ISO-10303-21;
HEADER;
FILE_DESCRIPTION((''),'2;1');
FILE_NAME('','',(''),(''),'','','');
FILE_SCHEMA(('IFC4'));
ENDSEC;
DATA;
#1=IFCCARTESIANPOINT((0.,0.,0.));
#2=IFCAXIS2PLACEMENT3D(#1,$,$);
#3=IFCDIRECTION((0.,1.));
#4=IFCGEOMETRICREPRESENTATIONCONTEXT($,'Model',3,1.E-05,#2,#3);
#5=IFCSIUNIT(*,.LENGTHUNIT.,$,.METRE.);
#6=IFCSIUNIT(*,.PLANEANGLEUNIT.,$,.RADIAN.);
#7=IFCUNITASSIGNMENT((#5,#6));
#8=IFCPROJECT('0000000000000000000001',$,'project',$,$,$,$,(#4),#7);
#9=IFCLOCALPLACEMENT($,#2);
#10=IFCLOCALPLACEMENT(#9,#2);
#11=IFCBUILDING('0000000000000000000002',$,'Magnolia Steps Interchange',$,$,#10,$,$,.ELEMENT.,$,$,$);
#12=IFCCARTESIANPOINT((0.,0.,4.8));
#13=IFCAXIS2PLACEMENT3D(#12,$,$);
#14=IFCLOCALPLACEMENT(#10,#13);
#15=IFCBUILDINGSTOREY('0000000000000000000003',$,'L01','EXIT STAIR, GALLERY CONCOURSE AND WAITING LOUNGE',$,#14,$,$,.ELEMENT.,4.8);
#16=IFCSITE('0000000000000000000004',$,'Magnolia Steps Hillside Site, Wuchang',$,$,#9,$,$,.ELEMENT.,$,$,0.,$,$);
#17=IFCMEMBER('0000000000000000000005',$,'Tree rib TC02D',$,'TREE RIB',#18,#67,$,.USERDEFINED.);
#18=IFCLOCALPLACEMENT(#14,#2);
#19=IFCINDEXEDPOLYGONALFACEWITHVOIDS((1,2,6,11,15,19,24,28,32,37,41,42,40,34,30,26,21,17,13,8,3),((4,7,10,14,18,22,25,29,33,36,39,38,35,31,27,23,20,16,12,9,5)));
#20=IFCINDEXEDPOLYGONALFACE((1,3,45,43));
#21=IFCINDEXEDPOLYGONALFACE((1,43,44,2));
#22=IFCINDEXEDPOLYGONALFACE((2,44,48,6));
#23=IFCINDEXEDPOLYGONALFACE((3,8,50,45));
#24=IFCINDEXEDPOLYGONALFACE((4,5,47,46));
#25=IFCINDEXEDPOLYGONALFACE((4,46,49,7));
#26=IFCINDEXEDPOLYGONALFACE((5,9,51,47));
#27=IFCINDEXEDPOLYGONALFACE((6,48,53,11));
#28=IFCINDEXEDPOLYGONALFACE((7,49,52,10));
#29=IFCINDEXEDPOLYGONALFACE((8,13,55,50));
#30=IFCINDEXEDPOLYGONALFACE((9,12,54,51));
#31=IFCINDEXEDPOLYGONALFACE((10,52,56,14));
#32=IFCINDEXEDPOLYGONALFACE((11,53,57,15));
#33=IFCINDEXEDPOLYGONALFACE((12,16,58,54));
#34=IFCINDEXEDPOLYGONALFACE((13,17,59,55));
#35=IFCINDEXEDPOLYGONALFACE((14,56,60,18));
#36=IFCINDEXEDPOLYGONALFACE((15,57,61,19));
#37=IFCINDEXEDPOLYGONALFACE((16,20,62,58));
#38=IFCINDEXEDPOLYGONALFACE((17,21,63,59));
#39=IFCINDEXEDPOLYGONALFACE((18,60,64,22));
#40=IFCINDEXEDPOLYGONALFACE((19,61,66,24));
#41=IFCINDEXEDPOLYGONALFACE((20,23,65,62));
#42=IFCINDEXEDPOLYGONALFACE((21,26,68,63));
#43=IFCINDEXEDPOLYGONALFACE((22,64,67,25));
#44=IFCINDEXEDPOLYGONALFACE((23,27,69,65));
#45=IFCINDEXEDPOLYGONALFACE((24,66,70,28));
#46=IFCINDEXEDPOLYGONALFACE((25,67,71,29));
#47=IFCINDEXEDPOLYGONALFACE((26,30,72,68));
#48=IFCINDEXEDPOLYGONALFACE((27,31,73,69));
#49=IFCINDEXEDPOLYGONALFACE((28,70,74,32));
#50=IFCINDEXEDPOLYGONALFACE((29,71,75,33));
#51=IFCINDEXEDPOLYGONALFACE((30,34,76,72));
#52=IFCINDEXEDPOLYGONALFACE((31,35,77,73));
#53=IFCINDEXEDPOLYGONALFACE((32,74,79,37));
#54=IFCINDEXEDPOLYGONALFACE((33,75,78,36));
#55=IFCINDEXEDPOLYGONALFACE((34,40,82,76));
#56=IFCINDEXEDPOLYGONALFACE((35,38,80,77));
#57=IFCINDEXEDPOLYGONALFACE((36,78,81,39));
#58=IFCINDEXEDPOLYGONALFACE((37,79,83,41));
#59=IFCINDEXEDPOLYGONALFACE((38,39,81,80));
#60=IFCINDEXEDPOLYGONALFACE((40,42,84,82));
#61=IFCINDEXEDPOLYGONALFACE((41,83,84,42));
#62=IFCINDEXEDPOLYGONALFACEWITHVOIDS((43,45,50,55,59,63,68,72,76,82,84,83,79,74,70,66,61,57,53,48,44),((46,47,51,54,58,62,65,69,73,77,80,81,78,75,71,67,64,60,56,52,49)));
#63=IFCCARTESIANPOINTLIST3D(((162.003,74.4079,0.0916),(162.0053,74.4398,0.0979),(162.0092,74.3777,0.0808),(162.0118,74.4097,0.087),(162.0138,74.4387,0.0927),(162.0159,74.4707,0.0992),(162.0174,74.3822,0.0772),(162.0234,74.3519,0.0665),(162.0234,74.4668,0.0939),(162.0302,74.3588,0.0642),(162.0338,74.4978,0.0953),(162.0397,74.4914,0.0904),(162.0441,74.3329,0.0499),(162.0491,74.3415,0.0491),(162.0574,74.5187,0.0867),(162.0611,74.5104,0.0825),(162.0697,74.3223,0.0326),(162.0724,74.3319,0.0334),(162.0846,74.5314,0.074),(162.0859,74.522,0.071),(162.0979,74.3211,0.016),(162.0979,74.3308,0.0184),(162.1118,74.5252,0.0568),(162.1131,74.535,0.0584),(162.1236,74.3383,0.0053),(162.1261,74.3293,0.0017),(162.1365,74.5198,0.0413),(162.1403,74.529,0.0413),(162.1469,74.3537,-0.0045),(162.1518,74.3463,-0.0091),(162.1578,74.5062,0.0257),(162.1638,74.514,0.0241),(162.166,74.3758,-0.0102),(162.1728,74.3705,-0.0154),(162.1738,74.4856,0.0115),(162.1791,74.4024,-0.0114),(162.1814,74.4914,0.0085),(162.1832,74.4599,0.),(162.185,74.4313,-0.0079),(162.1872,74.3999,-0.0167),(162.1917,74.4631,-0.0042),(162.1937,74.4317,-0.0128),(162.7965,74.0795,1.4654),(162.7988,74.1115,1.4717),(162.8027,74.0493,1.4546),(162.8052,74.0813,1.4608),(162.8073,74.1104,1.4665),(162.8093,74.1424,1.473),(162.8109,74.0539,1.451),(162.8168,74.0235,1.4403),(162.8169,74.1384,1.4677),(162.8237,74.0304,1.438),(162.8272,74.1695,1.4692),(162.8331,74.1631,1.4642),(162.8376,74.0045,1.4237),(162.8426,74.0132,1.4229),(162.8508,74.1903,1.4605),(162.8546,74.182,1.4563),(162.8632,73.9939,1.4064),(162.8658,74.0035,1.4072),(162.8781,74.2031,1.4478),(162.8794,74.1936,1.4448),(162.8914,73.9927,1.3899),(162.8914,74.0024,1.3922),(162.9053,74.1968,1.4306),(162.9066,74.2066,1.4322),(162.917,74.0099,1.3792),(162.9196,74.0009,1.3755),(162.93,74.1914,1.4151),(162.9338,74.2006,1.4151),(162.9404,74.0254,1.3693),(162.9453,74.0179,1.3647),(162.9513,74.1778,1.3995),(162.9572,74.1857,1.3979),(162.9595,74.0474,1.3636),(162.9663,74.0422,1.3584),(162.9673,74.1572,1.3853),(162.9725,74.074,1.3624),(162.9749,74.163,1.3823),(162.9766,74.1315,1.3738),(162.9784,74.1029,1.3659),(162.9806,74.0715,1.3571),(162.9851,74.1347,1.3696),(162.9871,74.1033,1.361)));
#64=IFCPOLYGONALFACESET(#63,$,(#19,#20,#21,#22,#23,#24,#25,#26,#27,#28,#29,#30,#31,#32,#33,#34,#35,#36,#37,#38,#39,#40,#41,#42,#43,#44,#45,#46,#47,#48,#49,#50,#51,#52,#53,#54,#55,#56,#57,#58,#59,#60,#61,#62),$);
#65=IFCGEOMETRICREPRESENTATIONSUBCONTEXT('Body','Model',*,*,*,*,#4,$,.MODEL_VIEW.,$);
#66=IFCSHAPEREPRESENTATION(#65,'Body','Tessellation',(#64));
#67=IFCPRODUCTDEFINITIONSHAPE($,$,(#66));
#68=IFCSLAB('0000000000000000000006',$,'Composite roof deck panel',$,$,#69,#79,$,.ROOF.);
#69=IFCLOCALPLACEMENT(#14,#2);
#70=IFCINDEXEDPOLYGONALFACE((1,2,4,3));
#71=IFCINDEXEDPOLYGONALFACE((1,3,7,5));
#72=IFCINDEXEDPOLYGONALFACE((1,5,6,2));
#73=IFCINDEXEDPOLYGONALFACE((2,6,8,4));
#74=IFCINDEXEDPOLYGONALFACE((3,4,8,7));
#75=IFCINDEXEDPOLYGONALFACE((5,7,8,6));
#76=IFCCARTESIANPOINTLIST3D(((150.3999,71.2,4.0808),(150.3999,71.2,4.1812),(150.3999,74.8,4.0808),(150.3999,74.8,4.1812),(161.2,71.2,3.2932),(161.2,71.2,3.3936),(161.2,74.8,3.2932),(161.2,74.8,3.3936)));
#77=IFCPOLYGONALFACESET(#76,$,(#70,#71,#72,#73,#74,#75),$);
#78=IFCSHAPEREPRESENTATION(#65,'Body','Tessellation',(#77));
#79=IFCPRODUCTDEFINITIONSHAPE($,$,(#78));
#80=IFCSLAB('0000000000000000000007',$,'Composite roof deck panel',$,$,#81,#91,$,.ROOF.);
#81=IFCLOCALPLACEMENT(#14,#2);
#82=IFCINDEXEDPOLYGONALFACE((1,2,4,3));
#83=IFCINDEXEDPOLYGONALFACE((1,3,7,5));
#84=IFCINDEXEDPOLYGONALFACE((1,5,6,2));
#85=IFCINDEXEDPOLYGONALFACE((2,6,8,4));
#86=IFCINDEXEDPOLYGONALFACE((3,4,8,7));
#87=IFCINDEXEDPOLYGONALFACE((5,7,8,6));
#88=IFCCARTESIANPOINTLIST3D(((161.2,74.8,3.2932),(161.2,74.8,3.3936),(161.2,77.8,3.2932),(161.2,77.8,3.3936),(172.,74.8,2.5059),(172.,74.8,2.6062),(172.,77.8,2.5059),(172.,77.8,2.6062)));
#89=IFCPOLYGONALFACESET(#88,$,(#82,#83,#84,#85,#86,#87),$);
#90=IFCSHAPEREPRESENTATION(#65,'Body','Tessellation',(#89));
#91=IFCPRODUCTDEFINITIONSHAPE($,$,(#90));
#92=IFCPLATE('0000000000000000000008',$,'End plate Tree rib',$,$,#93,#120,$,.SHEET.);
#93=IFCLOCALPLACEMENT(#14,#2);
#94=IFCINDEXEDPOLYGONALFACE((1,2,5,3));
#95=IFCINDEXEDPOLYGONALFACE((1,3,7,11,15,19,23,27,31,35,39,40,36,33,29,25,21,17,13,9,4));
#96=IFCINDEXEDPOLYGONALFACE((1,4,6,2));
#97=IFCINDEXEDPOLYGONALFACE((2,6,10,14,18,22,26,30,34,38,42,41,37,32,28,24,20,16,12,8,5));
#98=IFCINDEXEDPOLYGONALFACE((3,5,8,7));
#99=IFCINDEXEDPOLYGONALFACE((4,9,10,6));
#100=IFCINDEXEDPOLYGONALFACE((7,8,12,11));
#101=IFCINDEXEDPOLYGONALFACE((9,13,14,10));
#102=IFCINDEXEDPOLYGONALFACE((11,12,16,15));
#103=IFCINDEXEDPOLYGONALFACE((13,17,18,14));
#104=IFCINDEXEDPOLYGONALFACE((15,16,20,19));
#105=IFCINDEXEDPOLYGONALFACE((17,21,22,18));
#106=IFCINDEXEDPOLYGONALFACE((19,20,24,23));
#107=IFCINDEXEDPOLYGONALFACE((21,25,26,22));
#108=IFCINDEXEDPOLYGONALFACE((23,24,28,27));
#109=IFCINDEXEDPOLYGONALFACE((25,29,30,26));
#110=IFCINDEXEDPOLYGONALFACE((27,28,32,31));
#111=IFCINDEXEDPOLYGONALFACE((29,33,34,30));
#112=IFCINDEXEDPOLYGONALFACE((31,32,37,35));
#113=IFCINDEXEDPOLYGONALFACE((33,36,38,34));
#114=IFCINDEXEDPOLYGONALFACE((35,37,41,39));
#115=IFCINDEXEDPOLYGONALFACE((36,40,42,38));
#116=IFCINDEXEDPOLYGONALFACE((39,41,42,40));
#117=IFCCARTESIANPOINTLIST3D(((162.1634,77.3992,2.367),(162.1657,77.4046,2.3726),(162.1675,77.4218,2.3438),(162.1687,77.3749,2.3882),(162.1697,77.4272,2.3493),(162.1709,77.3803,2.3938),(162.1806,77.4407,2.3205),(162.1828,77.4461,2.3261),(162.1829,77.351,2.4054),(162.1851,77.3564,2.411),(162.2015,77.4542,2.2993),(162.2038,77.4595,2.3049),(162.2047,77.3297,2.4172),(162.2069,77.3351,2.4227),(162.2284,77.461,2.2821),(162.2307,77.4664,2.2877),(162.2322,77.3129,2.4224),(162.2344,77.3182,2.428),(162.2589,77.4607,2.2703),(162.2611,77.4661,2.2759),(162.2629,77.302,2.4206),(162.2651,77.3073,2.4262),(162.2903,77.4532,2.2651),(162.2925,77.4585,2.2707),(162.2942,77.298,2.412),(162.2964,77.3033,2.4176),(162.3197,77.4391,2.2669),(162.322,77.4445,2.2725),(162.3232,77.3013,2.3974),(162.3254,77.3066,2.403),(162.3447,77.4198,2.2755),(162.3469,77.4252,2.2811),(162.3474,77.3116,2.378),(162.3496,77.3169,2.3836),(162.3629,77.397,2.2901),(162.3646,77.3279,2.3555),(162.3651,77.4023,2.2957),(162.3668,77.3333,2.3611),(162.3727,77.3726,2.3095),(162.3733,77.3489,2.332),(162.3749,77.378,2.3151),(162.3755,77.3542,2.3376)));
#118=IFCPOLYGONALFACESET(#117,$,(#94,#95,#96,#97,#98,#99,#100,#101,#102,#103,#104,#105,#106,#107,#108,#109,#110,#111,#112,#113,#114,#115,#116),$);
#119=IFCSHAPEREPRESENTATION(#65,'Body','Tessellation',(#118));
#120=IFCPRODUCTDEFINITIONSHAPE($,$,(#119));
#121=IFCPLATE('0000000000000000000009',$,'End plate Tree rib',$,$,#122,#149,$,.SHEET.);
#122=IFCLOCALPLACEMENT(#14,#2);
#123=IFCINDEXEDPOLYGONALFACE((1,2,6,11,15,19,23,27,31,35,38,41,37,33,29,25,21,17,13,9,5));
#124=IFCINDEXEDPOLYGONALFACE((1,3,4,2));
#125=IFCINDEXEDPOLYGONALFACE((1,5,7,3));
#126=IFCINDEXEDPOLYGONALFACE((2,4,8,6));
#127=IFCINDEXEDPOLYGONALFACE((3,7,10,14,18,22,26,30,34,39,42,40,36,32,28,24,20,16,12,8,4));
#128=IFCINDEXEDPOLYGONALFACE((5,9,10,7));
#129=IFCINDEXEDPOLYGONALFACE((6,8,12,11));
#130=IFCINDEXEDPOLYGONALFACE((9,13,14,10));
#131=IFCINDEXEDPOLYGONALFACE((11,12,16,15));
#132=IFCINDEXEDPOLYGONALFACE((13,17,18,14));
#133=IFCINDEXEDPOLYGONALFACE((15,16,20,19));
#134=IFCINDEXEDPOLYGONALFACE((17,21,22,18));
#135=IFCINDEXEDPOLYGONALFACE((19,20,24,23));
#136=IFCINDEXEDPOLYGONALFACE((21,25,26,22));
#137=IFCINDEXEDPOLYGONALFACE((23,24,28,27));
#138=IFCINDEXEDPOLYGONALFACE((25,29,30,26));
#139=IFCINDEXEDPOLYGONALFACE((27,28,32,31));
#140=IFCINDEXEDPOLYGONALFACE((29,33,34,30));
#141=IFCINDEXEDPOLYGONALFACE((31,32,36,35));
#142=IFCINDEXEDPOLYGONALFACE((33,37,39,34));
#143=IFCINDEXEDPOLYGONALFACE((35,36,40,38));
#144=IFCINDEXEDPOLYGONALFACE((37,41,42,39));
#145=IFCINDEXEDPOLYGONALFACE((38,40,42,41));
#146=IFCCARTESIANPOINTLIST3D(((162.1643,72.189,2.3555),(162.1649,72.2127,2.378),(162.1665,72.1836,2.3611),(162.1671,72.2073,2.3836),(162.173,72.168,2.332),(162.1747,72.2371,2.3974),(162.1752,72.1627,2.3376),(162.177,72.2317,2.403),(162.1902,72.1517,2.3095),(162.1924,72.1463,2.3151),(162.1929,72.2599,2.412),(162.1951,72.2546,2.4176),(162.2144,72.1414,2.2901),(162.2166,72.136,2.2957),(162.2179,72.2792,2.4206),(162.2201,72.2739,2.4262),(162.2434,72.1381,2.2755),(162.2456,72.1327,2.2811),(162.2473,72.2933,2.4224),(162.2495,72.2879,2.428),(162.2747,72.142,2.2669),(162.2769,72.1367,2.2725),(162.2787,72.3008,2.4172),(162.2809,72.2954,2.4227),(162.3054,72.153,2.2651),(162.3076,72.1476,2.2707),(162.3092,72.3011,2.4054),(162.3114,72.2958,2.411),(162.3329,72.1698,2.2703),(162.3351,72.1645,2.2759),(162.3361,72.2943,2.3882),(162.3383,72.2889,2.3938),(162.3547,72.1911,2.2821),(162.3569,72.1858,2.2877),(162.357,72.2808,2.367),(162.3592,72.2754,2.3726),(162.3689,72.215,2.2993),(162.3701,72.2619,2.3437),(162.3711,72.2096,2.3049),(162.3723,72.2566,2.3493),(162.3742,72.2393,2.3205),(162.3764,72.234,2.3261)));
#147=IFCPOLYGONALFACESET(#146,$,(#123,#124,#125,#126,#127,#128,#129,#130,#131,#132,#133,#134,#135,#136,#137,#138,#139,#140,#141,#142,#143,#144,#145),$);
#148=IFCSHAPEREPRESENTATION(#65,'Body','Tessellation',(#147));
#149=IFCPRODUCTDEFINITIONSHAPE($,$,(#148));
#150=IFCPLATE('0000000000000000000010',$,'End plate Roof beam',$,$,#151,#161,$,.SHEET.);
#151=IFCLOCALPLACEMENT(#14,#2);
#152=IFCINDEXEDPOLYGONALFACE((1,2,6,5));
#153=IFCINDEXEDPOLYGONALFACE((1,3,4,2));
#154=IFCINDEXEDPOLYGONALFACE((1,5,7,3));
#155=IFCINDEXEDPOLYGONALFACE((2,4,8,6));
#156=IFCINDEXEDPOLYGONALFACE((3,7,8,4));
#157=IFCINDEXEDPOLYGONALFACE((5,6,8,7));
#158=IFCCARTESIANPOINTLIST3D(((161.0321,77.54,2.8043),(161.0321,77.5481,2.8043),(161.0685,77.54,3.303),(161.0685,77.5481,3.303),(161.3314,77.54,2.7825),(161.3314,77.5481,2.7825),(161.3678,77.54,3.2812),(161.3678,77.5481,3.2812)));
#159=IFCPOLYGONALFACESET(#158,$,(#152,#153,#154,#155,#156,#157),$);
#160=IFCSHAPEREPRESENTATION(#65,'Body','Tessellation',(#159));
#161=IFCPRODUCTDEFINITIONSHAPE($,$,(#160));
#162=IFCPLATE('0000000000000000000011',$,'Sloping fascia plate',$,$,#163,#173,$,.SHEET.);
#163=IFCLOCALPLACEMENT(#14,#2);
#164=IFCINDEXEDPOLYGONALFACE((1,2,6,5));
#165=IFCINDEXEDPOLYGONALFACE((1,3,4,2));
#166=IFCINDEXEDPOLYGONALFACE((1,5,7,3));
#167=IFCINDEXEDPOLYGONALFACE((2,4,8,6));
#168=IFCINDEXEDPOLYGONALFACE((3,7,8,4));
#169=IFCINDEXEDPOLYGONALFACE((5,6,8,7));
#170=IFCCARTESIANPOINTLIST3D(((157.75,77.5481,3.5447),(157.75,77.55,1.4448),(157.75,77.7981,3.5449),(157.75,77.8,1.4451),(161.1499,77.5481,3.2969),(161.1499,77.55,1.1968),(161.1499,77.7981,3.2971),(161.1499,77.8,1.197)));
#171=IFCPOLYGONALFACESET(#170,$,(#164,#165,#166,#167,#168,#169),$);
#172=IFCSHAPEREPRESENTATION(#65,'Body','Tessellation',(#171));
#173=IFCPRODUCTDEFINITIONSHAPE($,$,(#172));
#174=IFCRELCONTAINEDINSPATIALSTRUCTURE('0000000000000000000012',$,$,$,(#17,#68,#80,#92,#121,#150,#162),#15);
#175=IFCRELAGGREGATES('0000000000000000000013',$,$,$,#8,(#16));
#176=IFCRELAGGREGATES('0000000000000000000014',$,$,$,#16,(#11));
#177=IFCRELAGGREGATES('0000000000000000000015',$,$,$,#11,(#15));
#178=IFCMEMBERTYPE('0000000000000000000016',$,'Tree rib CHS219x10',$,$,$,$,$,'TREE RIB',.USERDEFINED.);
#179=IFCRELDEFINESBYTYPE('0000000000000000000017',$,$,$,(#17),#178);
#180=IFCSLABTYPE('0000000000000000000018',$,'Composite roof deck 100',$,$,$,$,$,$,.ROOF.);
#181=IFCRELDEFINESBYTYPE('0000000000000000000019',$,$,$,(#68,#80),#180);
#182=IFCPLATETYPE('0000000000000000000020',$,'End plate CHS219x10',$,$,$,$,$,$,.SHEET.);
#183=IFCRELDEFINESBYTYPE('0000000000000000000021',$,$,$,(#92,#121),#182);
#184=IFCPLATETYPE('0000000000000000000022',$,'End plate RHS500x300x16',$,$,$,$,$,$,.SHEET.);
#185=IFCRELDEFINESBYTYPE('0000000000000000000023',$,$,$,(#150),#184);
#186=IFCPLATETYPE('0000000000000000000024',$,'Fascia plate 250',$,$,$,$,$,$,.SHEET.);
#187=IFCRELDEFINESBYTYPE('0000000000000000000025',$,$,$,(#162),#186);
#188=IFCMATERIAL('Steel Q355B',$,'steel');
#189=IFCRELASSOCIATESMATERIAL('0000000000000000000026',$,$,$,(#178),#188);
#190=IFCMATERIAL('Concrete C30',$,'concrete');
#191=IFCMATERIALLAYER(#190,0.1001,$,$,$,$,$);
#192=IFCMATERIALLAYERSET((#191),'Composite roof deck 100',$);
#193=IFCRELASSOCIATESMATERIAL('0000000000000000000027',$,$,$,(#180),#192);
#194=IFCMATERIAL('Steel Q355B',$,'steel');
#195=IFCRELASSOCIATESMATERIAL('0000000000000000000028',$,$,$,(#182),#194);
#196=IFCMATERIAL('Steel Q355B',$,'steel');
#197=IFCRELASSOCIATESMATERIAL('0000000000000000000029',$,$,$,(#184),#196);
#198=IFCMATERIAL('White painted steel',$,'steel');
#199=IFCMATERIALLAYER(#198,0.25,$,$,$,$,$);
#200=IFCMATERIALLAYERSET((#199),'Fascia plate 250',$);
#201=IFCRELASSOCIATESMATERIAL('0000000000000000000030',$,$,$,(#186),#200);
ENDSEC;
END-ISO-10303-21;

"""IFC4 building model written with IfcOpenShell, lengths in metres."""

from ifc_helpers import new_model, si_unit, direction, frame, origin, origin_2d, place, context, subcontext, project, spatial, polyline, rectangle, circle, hollow_circle, outline, extrude, material, layer, layer_set, material_profile, profile_set, type_object, element, save


model = new_model("IFC4")

# Units and contexts
model_context = context("Model", 3, precision=1e-05, world=origin(), true_north=direction((0.0, 1.0)))
body_context = subcontext(model_context, "Body", "Model", "MODEL_VIEW")
ifc_project = project(units=[si_unit("LENGTHUNIT", "METRE"), si_unit("PLANEANGLEUNIT", "RADIAN")], contexts=[model_context])

# Site, building, storey
site_placement = place(None, origin())
site = spatial("IfcSite", under=ifc_project, at=site_placement, Name="Magnolia Steps Hillside Site, Wuchang", CompositionType="ELEMENT", RefElevation=0.0)
building_placement = place(site_placement, origin())
building = spatial("IfcBuilding", under=site, at=building_placement, Name="Magnolia Steps Interchange", CompositionType="ELEMENT")
storey_placement = place(building_placement, frame((0.0, 0.0, 4.8)))
storey = spatial("IfcBuildingStorey", under=building, at=storey_placement, Name="L01", Description="EXIT STAIR, GALLERY CONCOURSE AND WAITING LOUNGE", CompositionType="ELEMENT", Elevation=4.8)

# Member
ifc_material_1 = material(Name="Steel Q355B", Category="steel")
ifc_material_profile_1 = material_profile(ifc_material_1, hollow_circle(Radius=0.1096, WallThickness=0.01, at=origin_2d()), Name="CHS219x10")
ifc_profile_set_1 = profile_set([ifc_material_profile_1], Name="Steel Q355B")
member_type = type_object("IfcMemberType", Name="Tree rib CHS219x10", ElementType="TREE RIB", PredefinedType="USERDEFINED", material=ifc_profile_set_1)
member_1_placement = place(storey_placement, frame((162.0984, 74.4277, 0.0413), z_axis=(0.489763, -0.202687, 0.847968), x_axis=(0.382394, 0.924, 0.0)))
element("IfcMember", 1, at=member_1_placement, inside=storey, type_object=member_type, Name="Tree rib TC02D", ObjectType="TREE RIB", PredefinedType="USERDEFINED", context=body_context, shape_type="SweptSolid", body=[
    extrude(hollow_circle(Radius=0.1096, WallThickness=0.01, at=origin_2d()), origin(), (0.0, 0.0, 1.0), 1.6201),
])

# Slabs
ifc_material_2 = material(Name="Concrete C30", Category="concrete")
ifc_layer_1 = layer(ifc_material_2, 0.1001)
ifc_layer_set_1 = layer_set([ifc_layer_1], Name="Composite roof deck 100")
slab_type = type_object("IfcSlabType", Name="Composite roof deck 100", PredefinedType="ROOF", material=ifc_layer_set_1)
slab_1_placement = place(storey_placement, frame((161.2, 71.2, 3.3936), z_axis=(0.072732, 0.0, 0.997352), x_axis=(0.0, 1.0, 0.0)))
element("IfcSlab", 2, at=slab_1_placement, inside=storey, type_object=slab_type, Name="Composite roof deck panel", PredefinedType="ROOF", context=body_context, shape_type="SweptSolid", body=[
    extrude(outline(polyline([(0.0, 0.0), (3.6001, 0.0), (3.6001, 10.8287), (0.0, 10.8287), (0.0, 0.0)])), origin(), (0.0, -0.072732, -0.997352), 0.1003),
])
slab_2_placement = place(storey_placement, frame((161.2, 77.8, 3.3936), z_axis=(0.07271, 0.0, 0.997353), x_axis=(0.0, -1.0, 0.0)))
element("IfcSlab", 3, at=slab_2_placement, inside=storey, type_object=slab_type, Name="Composite roof deck panel", PredefinedType="ROOF", context=body_context, shape_type="SweptSolid", body=[
    extrude(outline(polyline([(0.0, 0.0), (3.0, 0.0), (3.0, 10.8287), (0.0, 10.8287), (0.0, 0.0)])), origin(), (0.0, 0.07271, -0.997353), 0.1003),
])

# Plates
ifc_material_3 = material(Name="Steel Q355B", Category="steel")
ifc_material_profile_2 = material_profile(ifc_material_3, circle(Radius=0.1096, at=origin_2d()), Name="End plate CHS219x10")
ifc_profile_set_2 = profile_set([ifc_material_profile_2], Name="Steel Q355B")
plate_type_1 = type_object("IfcPlateType", Name="End plate CHS219x10", PredefinedType="SHEET", material=ifc_profile_set_2)
for number, where, z_axis, x_axis, name in (
    (4, (162.2688, 77.3799, 2.3438), (0.275279, 0.664583, 0.694658), (-0.92388, 0.382683, 0.0), "End plate Tree rib"),
    (5, (162.2688, 72.22, 2.3438), (0.275279, -0.664583, 0.694658), (0.92388, 0.382683, 0.0), "End plate Tree rib"),
):
    element("IfcPlate", number, at=place(storey_placement, frame(where, z_axis=z_axis, x_axis=x_axis)), inside=storey, type_object=plate_type_1, Name=name, PredefinedType="SHEET", context=body_context, shape_type="SweptSolid", body=[
        extrude(circle(Radius=0.1096, at=origin_2d()), origin(), (0.0, 0.0, 1.0), 0.0081),
    ])
ifc_material_4 = material(Name="Steel Q355B", Category="steel")
ifc_material_profile_3 = material_profile(ifc_material_4, rectangle(XDim=0.3, YDim=0.5, at=origin_2d()), Name="End plate RHS500x300x16")
ifc_profile_set_3 = profile_set([ifc_material_profile_3], Name="Steel Q355B")
plate_type_2 = type_object("IfcPlateType", Name="End plate RHS500x300x16", PredefinedType="SHEET", material=ifc_profile_set_3)
plate_1_placement = place(storey_placement, frame((161.2, 77.54, 3.0427), z_axis=(0.0, 1.0, 0.0), x_axis=(-0.997352, 0.0, 0.072724)))
element("IfcPlate", 6, at=plate_1_placement, inside=storey, type_object=plate_type_2, Name="End plate Roof beam", PredefinedType="SHEET", context=body_context, shape_type="SweptSolid", body=[
    extrude(rectangle(XDim=0.3, YDim=0.5, at=origin_2d()), origin(), (0.0, 0.0, 1.0), 0.0081),
])
ifc_material_5 = material(Name="White painted steel", Category="steel")
ifc_layer_2 = layer(ifc_material_5, 0.25)
ifc_layer_set_2 = layer_set([ifc_layer_2], Name="Fascia plate 250")
plate_type_3 = type_object("IfcPlateType", Name="Fascia plate 250", PredefinedType="SHEET", material=ifc_layer_set_2)
plate_2_placement = place(storey_placement, frame((161.1499, 77.8, 1.197), z_axis=(0.000068, 1.0, 0.00093), x_axis=(-0.997349, 0.0, 0.072764)))
element("IfcPlate", 7, at=plate_2_placement, inside=storey, type_object=plate_type_3, Name="Sloping fascia plate", PredefinedType="SHEET", context=body_context, shape_type="SweptSolid", body=[
    extrude(outline(polyline([(0.0, 0.0), (3.4089, 0.0), (3.5617, 2.0943), (0.1528, 2.0945), (0.0, 0.0)])), origin(), (0.0, 0.0, -1.0), 0.25),
])

save(model, "model.ifc")
